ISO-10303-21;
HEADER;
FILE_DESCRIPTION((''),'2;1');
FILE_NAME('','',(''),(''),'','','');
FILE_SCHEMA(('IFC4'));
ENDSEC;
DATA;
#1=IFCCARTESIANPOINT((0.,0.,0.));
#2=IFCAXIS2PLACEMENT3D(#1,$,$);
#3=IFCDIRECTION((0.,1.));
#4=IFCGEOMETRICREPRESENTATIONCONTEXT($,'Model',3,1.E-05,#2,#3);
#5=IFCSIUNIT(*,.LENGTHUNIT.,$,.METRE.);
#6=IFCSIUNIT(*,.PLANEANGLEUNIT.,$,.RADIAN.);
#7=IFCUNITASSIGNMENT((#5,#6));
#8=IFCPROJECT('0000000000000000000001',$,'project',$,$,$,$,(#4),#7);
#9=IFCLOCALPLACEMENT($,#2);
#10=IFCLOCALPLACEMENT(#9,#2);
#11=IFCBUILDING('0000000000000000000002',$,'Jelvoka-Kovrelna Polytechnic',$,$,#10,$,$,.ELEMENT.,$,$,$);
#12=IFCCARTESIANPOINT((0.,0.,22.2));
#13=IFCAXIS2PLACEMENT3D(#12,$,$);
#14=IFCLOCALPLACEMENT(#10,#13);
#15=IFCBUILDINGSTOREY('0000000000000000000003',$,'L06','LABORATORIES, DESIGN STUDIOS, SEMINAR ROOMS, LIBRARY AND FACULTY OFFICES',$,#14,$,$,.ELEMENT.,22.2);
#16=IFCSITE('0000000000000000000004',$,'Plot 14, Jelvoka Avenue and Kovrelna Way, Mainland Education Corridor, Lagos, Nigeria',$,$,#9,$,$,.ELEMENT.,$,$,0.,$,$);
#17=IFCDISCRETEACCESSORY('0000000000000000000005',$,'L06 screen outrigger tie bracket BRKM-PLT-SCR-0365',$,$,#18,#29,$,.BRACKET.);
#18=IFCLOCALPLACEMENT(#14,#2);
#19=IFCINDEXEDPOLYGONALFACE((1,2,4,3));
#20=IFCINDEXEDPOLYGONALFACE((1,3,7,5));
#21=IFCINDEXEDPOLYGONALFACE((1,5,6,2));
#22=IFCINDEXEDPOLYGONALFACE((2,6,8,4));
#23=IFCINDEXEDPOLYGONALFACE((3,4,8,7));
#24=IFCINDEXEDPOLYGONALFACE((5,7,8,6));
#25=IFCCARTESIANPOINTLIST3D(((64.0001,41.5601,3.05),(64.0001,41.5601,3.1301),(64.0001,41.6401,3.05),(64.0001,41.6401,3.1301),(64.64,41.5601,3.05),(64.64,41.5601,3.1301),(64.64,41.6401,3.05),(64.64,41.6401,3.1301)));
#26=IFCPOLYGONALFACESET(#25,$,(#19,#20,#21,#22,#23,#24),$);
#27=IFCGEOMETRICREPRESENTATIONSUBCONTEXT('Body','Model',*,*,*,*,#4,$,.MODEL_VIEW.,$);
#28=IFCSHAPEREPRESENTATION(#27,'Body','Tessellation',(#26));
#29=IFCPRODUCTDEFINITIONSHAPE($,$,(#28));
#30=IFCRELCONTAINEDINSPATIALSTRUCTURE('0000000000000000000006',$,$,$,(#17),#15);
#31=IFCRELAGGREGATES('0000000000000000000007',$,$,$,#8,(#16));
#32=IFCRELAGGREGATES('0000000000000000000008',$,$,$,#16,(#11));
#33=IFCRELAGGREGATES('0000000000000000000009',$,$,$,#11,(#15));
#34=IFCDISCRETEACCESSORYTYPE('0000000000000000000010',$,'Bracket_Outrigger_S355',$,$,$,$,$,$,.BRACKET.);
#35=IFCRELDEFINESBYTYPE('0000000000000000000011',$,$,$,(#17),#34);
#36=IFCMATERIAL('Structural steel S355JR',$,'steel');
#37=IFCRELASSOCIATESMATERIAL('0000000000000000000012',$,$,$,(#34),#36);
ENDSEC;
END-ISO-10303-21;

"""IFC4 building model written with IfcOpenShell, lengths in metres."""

from ifc_helpers import new_model, si_unit, direction, frame, origin, origin_2d, place, context, subcontext, project, spatial, rectangle, extrude, material, type_object, element, save


model = new_model("IFC4")

# Units and contexts
model_context = context("Model", 3, precision=1e-05, world=origin(), true_north=direction((0.0, 1.0)))
body_context = subcontext(model_context, "Body", "Model", "MODEL_VIEW")
ifc_project = project(units=[si_unit("LENGTHUNIT", "METRE"), si_unit("PLANEANGLEUNIT", "RADIAN")], contexts=[model_context])

# Site, building, storey
site_placement = place(None, origin())
site = spatial("IfcSite", under=ifc_project, at=site_placement, Name="Plot 14, Jelvoka Avenue and Kovrelna Way, Mainland Education Corridor, Lagos, Nigeria", CompositionType="ELEMENT", RefElevation=0.0)
building_placement = place(site_placement, origin())
building = spatial("IfcBuilding", under=site, at=building_placement, Name="Jelvoka-Kovrelna Polytechnic", CompositionType="ELEMENT")
storey_placement = place(building_placement, frame((0.0, 0.0, 22.2)))
storey = spatial("IfcBuildingStorey", under=building, at=storey_placement, Name="L06", Description="LABORATORIES, DESIGN STUDIOS, SEMINAR ROOMS, LIBRARY AND FACULTY OFFICES", CompositionType="ELEMENT", Elevation=22.2)

# Discrete accessory
ifc_material_1 = material(Name="Structural steel S355JR", Category="steel")
discrete_accessory_type = type_object("IfcDiscreteAccessoryType", Name="Bracket_Outrigger_S355", PredefinedType="BRACKET", material=ifc_material_1)
for number, where, z_axis, x_axis, name in (
    (1, (64.3201, 41.6001, 3.05), (0.0, 0.0, 1.0), (1.0, 0.0, 0.0), "L06 screen outrigger tie bracket BRKM-PLT-SCR-0365"),
):
    element("IfcDiscreteAccessory", number, at=place(storey_placement, frame(where, z_axis=z_axis, x_axis=x_axis)), inside=storey, type_object=discrete_accessory_type, Name=name, PredefinedType="BRACKET", context=body_context, shape_type="SweptSolid", body=[
        extrude(rectangle(XDim=0.6399, YDim=0.0801, at=origin_2d()), origin(), (0.0, 0.0, 1.0), 0.0801),
    ])

save(model, "model.ifc")
